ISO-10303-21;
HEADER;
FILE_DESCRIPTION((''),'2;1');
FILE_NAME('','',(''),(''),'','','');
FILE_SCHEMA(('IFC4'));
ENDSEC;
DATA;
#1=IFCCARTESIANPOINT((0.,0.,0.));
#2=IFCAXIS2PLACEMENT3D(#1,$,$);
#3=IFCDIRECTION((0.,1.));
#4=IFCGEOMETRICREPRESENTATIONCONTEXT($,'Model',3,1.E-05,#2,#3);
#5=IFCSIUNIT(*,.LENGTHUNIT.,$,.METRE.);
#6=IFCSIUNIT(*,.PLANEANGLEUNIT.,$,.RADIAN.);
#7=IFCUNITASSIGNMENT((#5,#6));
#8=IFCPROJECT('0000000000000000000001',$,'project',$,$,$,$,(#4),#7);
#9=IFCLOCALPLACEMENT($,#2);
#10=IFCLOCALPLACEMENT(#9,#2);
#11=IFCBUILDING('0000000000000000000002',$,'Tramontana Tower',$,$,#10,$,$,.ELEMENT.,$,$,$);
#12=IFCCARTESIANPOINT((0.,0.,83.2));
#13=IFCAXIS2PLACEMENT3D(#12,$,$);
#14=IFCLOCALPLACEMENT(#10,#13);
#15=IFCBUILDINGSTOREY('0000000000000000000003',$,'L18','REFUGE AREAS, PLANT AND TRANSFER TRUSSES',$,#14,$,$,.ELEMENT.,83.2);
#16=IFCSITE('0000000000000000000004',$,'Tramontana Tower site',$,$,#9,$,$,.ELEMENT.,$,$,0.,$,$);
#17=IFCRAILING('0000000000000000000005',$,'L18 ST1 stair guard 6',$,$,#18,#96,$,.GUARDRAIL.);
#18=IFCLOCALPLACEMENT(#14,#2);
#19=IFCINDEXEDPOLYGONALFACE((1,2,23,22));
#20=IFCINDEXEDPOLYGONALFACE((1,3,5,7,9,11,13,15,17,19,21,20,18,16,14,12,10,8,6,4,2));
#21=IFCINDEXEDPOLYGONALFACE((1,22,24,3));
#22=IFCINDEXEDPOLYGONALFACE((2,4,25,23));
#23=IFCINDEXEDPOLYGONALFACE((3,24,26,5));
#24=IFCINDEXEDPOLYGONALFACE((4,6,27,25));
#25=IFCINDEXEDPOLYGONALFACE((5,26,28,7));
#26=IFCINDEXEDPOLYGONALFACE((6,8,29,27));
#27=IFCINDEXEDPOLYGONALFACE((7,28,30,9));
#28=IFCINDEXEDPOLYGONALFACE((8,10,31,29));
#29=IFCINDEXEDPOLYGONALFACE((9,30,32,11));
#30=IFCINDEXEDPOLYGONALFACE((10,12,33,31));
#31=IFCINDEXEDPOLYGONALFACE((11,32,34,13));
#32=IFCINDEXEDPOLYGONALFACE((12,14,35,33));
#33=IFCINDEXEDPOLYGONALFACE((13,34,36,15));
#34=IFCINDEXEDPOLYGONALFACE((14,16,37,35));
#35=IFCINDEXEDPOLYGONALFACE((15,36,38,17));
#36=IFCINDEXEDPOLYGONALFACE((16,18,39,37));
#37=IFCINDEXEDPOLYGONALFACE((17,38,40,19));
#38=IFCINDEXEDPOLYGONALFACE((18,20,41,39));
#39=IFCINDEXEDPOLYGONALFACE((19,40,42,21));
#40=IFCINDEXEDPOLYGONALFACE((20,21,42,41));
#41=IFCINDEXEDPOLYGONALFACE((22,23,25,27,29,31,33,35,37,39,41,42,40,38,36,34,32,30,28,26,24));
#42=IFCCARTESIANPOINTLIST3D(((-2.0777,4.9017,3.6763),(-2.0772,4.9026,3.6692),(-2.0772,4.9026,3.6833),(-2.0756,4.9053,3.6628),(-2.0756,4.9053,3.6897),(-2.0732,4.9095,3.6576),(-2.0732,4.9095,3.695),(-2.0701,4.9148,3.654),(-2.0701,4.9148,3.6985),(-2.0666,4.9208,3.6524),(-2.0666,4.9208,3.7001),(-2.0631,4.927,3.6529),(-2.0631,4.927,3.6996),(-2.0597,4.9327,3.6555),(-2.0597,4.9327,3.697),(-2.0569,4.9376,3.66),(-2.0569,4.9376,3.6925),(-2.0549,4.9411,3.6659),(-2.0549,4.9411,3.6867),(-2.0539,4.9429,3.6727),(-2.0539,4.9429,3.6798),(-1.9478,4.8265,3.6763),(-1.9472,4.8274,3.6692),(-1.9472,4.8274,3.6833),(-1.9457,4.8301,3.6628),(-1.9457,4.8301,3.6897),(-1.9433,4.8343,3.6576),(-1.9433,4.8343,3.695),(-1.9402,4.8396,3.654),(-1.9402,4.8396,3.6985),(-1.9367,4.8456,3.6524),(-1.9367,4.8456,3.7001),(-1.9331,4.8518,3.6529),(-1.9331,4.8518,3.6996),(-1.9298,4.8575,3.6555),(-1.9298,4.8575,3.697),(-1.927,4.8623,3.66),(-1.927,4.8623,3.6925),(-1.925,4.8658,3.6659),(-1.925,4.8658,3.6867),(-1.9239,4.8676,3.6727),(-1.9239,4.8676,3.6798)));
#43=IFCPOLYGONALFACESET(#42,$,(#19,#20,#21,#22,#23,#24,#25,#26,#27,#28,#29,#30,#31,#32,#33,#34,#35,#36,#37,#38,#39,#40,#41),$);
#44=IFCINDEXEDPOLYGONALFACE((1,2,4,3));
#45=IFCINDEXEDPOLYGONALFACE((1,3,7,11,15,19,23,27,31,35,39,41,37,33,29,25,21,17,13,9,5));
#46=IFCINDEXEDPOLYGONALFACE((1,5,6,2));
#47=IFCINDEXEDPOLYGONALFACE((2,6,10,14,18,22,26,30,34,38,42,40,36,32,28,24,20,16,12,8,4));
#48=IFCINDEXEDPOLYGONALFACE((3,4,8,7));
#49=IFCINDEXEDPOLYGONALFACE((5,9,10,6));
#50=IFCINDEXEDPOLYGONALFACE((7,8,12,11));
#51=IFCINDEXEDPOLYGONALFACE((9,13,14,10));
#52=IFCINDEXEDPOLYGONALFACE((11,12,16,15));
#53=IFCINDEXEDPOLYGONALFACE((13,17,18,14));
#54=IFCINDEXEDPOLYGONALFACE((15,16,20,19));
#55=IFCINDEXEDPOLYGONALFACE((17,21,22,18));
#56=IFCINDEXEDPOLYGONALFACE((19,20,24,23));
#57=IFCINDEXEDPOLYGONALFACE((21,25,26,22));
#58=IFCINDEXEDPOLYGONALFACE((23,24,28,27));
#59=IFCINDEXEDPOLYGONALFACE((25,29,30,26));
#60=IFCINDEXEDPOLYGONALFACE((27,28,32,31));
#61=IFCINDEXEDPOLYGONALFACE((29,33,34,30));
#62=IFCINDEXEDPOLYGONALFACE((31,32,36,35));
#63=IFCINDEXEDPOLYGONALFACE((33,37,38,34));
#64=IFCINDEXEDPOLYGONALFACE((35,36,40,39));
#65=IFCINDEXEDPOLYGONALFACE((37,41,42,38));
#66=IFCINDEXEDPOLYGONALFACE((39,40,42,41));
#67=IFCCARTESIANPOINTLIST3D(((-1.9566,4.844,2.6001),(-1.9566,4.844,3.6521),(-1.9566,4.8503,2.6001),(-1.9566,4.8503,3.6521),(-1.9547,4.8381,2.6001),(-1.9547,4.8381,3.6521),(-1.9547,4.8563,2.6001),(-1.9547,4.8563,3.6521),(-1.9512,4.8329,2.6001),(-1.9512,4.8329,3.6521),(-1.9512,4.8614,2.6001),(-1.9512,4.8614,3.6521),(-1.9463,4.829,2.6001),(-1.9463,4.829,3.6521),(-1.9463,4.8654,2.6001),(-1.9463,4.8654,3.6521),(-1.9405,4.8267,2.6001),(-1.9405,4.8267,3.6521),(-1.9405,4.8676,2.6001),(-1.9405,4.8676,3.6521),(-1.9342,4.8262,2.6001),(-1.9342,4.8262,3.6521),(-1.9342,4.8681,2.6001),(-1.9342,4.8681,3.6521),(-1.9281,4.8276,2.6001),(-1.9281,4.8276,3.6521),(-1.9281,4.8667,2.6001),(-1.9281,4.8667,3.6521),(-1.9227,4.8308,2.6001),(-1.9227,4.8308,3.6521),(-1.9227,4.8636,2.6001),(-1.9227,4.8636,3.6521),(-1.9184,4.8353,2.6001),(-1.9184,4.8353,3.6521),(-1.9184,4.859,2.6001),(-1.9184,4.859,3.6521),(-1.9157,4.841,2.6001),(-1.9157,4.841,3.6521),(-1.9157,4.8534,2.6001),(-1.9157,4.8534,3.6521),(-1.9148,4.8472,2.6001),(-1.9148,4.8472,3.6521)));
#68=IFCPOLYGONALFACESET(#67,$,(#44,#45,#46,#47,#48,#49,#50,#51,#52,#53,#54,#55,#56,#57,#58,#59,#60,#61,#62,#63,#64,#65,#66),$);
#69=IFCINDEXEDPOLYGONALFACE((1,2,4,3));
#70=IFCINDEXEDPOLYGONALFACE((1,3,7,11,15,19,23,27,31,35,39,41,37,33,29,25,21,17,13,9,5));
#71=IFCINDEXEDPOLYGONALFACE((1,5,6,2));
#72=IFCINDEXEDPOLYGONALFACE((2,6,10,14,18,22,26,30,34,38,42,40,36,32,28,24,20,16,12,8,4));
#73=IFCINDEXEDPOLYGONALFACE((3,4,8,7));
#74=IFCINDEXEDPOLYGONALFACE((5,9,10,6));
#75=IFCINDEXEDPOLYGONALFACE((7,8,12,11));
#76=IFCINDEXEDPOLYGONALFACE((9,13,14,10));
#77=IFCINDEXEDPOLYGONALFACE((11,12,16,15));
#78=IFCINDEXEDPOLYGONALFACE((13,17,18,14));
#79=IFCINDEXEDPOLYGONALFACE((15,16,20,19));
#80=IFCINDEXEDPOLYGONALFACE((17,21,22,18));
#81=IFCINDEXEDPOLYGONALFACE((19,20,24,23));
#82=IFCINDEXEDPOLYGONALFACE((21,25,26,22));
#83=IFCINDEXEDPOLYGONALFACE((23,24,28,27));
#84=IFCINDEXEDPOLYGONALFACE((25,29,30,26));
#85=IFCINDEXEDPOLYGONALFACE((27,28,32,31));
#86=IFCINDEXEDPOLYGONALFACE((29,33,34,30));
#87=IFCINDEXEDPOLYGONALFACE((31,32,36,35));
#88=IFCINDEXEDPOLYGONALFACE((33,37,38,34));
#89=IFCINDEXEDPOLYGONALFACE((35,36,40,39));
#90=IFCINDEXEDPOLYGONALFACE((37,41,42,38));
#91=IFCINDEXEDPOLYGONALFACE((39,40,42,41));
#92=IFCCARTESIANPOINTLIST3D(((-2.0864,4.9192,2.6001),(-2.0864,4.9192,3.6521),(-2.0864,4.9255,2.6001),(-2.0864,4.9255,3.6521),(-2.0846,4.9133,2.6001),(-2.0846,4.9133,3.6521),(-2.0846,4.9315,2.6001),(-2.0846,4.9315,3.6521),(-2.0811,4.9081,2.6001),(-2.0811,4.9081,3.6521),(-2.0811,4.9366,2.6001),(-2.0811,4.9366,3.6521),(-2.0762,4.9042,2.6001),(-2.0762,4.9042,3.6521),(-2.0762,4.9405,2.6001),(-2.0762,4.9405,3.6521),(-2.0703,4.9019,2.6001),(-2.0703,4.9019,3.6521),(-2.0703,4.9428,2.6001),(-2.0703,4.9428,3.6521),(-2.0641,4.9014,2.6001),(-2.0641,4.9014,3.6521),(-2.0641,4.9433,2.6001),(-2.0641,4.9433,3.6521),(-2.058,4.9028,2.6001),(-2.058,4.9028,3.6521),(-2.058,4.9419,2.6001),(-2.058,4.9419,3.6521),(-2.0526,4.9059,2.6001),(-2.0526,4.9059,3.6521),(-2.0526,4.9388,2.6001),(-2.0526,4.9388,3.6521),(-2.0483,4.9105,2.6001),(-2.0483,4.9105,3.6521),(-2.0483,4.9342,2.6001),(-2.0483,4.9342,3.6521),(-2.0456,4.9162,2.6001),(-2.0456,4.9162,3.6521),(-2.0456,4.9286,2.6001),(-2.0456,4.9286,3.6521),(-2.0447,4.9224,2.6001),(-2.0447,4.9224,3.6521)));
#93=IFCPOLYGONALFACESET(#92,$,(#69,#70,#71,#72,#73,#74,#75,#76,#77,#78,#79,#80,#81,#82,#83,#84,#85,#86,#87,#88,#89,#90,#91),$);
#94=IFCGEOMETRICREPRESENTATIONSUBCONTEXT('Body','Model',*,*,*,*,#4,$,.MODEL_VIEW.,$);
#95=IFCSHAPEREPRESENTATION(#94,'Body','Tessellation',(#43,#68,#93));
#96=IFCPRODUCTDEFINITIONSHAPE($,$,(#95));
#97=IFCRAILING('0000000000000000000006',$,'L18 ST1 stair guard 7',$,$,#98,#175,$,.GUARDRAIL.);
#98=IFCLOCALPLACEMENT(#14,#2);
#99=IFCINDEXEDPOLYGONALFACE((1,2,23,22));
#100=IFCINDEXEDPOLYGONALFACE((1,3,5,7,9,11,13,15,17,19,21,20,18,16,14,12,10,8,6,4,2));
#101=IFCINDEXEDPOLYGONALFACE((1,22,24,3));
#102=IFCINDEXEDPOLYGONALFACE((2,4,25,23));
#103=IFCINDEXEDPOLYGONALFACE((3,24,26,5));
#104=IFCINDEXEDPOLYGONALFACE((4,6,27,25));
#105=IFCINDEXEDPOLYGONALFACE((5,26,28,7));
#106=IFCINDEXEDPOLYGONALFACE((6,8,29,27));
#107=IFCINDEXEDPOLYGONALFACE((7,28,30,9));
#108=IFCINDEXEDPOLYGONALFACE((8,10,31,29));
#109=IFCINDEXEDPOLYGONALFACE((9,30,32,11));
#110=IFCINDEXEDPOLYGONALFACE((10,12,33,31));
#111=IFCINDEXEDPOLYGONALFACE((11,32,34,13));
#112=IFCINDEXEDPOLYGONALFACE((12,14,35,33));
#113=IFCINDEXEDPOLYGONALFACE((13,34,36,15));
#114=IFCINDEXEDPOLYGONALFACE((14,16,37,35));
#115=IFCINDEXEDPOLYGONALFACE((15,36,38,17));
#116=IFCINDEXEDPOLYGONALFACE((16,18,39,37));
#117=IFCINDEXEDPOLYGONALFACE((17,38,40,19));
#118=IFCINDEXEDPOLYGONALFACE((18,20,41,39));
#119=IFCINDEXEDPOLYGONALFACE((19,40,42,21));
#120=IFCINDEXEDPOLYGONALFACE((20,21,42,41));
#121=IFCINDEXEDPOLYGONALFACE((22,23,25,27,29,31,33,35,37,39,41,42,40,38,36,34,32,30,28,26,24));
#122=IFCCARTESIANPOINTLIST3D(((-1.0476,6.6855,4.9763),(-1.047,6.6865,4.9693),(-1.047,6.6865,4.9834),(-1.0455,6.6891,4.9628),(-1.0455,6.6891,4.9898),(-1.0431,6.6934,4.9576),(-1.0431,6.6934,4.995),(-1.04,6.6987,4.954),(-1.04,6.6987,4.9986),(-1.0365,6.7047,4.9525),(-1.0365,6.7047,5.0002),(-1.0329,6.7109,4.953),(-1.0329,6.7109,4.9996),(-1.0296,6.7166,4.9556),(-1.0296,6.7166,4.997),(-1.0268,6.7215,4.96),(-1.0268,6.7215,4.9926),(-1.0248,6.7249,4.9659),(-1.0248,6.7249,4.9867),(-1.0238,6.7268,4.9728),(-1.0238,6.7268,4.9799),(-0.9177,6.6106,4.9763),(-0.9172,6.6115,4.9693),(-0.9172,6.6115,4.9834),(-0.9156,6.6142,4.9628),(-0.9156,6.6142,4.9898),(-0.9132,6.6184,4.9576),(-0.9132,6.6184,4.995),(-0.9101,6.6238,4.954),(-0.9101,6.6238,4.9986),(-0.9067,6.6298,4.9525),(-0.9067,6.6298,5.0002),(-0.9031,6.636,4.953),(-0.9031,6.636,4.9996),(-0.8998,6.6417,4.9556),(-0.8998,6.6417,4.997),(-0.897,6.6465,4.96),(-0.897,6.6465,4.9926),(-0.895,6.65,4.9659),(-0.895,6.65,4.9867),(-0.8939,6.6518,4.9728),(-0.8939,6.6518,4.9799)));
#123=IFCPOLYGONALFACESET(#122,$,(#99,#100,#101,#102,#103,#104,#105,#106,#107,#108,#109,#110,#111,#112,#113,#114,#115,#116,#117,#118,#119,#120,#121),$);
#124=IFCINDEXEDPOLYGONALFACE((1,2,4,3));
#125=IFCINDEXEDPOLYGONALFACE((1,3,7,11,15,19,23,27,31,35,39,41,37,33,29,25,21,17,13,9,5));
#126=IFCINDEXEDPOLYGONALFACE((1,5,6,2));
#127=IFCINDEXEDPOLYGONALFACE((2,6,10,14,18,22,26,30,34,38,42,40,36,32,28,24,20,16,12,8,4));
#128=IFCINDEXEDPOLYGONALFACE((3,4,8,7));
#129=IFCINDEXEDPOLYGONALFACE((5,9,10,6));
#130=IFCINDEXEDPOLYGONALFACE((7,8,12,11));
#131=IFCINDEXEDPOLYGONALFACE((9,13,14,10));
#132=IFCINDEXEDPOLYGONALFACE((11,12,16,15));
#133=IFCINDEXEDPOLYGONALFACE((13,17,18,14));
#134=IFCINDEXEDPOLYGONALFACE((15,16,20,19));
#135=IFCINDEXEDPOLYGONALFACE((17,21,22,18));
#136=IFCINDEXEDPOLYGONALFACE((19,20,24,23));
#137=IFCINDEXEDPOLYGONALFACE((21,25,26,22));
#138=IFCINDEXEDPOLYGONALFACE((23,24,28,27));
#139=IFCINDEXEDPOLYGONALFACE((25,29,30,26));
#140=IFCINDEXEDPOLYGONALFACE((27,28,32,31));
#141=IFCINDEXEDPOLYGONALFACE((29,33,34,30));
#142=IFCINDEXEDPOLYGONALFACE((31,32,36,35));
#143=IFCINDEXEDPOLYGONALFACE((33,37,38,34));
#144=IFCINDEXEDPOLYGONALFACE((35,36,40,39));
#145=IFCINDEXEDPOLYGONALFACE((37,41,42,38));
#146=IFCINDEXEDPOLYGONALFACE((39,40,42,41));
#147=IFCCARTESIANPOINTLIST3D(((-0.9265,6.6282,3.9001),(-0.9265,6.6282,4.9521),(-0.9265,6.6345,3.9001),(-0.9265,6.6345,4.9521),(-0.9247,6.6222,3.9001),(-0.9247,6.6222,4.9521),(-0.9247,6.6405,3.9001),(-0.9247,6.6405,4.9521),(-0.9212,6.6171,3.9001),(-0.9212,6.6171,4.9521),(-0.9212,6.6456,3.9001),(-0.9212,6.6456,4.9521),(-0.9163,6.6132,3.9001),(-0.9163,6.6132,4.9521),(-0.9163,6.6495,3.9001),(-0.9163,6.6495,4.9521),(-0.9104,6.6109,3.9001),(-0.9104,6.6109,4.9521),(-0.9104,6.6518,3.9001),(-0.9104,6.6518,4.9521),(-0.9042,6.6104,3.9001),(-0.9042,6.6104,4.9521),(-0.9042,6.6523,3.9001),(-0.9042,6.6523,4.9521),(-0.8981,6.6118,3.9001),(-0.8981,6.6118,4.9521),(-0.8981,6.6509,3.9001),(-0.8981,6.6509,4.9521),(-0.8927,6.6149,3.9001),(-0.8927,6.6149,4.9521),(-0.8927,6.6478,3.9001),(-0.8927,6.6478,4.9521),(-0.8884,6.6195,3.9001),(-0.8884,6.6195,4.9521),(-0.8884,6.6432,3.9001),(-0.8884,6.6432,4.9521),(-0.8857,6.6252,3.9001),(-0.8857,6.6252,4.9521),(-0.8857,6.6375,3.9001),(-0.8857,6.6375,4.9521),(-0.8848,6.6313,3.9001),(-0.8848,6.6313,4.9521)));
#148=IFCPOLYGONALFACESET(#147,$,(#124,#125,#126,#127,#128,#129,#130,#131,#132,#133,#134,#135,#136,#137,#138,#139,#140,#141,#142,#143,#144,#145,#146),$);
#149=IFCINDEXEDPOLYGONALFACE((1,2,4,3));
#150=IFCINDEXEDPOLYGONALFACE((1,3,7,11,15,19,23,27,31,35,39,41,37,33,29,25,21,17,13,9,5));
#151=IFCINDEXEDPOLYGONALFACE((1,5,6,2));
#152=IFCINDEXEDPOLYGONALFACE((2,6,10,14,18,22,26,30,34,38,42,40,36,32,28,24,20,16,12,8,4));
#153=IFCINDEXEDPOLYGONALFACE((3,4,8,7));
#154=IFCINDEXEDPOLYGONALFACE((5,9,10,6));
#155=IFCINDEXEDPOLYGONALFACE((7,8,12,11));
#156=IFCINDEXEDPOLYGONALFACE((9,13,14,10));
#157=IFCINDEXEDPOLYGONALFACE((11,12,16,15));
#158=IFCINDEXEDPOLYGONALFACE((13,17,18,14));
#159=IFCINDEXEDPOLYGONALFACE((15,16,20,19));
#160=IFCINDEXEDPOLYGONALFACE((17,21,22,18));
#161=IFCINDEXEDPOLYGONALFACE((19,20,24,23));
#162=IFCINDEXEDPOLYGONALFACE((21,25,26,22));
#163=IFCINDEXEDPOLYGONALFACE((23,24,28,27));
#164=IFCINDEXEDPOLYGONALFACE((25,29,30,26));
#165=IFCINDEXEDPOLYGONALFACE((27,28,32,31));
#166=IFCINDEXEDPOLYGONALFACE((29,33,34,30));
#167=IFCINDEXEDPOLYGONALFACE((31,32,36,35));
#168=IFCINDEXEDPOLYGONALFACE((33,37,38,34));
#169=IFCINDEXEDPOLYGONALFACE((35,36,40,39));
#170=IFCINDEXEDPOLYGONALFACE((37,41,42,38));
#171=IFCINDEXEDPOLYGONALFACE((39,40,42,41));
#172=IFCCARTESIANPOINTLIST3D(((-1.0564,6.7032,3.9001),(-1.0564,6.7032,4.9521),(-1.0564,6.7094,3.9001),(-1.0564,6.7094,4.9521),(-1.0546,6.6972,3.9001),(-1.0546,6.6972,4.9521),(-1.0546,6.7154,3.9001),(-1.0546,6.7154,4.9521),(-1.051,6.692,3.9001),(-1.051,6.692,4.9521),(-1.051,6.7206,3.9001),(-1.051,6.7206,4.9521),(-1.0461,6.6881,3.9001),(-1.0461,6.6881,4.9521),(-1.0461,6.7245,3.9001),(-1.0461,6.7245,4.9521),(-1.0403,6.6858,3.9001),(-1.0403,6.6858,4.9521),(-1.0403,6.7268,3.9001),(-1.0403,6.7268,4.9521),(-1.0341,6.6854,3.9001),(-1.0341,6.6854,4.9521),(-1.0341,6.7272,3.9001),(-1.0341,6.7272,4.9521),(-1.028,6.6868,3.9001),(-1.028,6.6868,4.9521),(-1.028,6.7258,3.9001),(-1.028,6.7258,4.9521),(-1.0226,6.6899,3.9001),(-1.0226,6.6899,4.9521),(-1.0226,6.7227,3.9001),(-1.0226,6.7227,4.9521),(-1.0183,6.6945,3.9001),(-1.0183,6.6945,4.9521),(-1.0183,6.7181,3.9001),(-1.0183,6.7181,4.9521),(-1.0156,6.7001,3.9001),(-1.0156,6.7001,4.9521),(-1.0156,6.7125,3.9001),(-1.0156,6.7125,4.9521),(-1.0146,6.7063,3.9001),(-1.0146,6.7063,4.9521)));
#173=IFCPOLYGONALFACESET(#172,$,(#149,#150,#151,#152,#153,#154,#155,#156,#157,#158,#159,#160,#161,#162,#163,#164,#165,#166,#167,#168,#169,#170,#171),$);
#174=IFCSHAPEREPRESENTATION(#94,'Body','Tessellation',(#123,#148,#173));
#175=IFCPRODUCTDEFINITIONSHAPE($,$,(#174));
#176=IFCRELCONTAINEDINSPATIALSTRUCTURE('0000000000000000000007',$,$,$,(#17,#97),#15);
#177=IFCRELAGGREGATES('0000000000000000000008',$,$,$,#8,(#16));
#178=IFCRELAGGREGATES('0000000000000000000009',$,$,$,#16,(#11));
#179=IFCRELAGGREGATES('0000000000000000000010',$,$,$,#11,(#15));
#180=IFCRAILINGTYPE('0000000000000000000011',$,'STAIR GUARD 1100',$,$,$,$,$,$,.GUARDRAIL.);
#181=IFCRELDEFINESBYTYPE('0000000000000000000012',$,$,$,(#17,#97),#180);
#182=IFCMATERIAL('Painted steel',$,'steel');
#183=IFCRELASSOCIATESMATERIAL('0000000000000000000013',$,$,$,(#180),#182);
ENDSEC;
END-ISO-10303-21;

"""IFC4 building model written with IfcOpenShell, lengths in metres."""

from ifc_helpers import new_model, si_unit, direction, frame, origin, origin_2d, place, context, subcontext, project, spatial, circle, extrude, material, type_object, element, save


model = new_model("IFC4")

# Units and contexts
model_context = context("Model", 3, precision=1e-05, world=origin(), true_north=direction((0.0, 1.0)))
body_context = subcontext(model_context, "Body", "Model", "MODEL_VIEW")
ifc_project = project(units=[si_unit("LENGTHUNIT", "METRE"), si_unit("PLANEANGLEUNIT", "RADIAN")], contexts=[model_context])

# Site, building, storey
site_placement = place(None, origin())
site = spatial("IfcSite", under=ifc_project, at=site_placement, Name="Tramontana Tower site", CompositionType="ELEMENT", RefElevation=0.0)
building_placement = place(site_placement, origin())
building = spatial("IfcBuilding", under=site, at=building_placement, Name="Tramontana Tower", CompositionType="ELEMENT")
storey_placement = place(building_placement, frame((0.0, 0.0, 83.2)))
storey = spatial("IfcBuildingStorey", under=building, at=storey_placement, Name="L18", Description="REFUGE AREAS, PLANT AND TRANSFER TRUSSES", CompositionType="ELEMENT", Elevation=83.2)

# Railings
ifc_material_1 = material(Name="Painted steel", Category="steel")
railing_type_1 = type_object("IfcRailingType", Name="STAIR GUARD 1100", PredefinedType="GUARDRAIL", material=ifc_material_1)
railing_1_placement = place(storey_placement, frame((-1.9358, 4.8472, 2.6001)))
element("IfcRailing", 1, at=railing_1_placement, inside=storey, type_object=railing_type_1, Name="L18 ST1 stair guard 6", PredefinedType="GUARDRAIL", context=body_context, shape_type="SweptSolid", body=[
    extrude(circle(Radius=0.0239, at=origin_2d()), frame((0.0, 0.0, 1.0762), z_axis=(-0.865426, 0.501036, 0.0), x_axis=(-0.501036, -0.865426, 0.0)), (0.0, 0.0, 1.0), 0.1501),
    extrude(circle(Radius=0.021, at=origin_2d()), origin(), (0.0, 0.0, 1.0), 1.052),
    extrude(circle(Radius=0.021, at=origin_2d()), frame((-0.1299, 0.0752, 0.0)), (0.0, 0.0, 1.0), 1.052),
])
railing_2_placement = place(storey_placement, frame((-0.9058, 6.6313, 3.9001)))
element("IfcRailing", 2, at=railing_2_placement, inside=storey, type_object=railing_type_1, Name="L18 ST1 stair guard 7", PredefinedType="GUARDRAIL", context=body_context, shape_type="SweptSolid", body=[
    extrude(circle(Radius=0.0239, at=origin_2d()), frame((0.0, 0.0, 1.0762), z_axis=(-0.866131, 0.499816, 0.0), x_axis=(-0.499816, -0.866131, 0.0)), (0.0, 0.0, 1.0), 0.1499),
    extrude(circle(Radius=0.021, at=origin_2d()), origin(), (0.0, 0.0, 1.0), 1.052),
    extrude(circle(Radius=0.021, at=origin_2d()), frame((-0.1299, 0.075, 0.0)), (0.0, 0.0, 1.0), 1.052),
])

save(model, "model.ifc")
